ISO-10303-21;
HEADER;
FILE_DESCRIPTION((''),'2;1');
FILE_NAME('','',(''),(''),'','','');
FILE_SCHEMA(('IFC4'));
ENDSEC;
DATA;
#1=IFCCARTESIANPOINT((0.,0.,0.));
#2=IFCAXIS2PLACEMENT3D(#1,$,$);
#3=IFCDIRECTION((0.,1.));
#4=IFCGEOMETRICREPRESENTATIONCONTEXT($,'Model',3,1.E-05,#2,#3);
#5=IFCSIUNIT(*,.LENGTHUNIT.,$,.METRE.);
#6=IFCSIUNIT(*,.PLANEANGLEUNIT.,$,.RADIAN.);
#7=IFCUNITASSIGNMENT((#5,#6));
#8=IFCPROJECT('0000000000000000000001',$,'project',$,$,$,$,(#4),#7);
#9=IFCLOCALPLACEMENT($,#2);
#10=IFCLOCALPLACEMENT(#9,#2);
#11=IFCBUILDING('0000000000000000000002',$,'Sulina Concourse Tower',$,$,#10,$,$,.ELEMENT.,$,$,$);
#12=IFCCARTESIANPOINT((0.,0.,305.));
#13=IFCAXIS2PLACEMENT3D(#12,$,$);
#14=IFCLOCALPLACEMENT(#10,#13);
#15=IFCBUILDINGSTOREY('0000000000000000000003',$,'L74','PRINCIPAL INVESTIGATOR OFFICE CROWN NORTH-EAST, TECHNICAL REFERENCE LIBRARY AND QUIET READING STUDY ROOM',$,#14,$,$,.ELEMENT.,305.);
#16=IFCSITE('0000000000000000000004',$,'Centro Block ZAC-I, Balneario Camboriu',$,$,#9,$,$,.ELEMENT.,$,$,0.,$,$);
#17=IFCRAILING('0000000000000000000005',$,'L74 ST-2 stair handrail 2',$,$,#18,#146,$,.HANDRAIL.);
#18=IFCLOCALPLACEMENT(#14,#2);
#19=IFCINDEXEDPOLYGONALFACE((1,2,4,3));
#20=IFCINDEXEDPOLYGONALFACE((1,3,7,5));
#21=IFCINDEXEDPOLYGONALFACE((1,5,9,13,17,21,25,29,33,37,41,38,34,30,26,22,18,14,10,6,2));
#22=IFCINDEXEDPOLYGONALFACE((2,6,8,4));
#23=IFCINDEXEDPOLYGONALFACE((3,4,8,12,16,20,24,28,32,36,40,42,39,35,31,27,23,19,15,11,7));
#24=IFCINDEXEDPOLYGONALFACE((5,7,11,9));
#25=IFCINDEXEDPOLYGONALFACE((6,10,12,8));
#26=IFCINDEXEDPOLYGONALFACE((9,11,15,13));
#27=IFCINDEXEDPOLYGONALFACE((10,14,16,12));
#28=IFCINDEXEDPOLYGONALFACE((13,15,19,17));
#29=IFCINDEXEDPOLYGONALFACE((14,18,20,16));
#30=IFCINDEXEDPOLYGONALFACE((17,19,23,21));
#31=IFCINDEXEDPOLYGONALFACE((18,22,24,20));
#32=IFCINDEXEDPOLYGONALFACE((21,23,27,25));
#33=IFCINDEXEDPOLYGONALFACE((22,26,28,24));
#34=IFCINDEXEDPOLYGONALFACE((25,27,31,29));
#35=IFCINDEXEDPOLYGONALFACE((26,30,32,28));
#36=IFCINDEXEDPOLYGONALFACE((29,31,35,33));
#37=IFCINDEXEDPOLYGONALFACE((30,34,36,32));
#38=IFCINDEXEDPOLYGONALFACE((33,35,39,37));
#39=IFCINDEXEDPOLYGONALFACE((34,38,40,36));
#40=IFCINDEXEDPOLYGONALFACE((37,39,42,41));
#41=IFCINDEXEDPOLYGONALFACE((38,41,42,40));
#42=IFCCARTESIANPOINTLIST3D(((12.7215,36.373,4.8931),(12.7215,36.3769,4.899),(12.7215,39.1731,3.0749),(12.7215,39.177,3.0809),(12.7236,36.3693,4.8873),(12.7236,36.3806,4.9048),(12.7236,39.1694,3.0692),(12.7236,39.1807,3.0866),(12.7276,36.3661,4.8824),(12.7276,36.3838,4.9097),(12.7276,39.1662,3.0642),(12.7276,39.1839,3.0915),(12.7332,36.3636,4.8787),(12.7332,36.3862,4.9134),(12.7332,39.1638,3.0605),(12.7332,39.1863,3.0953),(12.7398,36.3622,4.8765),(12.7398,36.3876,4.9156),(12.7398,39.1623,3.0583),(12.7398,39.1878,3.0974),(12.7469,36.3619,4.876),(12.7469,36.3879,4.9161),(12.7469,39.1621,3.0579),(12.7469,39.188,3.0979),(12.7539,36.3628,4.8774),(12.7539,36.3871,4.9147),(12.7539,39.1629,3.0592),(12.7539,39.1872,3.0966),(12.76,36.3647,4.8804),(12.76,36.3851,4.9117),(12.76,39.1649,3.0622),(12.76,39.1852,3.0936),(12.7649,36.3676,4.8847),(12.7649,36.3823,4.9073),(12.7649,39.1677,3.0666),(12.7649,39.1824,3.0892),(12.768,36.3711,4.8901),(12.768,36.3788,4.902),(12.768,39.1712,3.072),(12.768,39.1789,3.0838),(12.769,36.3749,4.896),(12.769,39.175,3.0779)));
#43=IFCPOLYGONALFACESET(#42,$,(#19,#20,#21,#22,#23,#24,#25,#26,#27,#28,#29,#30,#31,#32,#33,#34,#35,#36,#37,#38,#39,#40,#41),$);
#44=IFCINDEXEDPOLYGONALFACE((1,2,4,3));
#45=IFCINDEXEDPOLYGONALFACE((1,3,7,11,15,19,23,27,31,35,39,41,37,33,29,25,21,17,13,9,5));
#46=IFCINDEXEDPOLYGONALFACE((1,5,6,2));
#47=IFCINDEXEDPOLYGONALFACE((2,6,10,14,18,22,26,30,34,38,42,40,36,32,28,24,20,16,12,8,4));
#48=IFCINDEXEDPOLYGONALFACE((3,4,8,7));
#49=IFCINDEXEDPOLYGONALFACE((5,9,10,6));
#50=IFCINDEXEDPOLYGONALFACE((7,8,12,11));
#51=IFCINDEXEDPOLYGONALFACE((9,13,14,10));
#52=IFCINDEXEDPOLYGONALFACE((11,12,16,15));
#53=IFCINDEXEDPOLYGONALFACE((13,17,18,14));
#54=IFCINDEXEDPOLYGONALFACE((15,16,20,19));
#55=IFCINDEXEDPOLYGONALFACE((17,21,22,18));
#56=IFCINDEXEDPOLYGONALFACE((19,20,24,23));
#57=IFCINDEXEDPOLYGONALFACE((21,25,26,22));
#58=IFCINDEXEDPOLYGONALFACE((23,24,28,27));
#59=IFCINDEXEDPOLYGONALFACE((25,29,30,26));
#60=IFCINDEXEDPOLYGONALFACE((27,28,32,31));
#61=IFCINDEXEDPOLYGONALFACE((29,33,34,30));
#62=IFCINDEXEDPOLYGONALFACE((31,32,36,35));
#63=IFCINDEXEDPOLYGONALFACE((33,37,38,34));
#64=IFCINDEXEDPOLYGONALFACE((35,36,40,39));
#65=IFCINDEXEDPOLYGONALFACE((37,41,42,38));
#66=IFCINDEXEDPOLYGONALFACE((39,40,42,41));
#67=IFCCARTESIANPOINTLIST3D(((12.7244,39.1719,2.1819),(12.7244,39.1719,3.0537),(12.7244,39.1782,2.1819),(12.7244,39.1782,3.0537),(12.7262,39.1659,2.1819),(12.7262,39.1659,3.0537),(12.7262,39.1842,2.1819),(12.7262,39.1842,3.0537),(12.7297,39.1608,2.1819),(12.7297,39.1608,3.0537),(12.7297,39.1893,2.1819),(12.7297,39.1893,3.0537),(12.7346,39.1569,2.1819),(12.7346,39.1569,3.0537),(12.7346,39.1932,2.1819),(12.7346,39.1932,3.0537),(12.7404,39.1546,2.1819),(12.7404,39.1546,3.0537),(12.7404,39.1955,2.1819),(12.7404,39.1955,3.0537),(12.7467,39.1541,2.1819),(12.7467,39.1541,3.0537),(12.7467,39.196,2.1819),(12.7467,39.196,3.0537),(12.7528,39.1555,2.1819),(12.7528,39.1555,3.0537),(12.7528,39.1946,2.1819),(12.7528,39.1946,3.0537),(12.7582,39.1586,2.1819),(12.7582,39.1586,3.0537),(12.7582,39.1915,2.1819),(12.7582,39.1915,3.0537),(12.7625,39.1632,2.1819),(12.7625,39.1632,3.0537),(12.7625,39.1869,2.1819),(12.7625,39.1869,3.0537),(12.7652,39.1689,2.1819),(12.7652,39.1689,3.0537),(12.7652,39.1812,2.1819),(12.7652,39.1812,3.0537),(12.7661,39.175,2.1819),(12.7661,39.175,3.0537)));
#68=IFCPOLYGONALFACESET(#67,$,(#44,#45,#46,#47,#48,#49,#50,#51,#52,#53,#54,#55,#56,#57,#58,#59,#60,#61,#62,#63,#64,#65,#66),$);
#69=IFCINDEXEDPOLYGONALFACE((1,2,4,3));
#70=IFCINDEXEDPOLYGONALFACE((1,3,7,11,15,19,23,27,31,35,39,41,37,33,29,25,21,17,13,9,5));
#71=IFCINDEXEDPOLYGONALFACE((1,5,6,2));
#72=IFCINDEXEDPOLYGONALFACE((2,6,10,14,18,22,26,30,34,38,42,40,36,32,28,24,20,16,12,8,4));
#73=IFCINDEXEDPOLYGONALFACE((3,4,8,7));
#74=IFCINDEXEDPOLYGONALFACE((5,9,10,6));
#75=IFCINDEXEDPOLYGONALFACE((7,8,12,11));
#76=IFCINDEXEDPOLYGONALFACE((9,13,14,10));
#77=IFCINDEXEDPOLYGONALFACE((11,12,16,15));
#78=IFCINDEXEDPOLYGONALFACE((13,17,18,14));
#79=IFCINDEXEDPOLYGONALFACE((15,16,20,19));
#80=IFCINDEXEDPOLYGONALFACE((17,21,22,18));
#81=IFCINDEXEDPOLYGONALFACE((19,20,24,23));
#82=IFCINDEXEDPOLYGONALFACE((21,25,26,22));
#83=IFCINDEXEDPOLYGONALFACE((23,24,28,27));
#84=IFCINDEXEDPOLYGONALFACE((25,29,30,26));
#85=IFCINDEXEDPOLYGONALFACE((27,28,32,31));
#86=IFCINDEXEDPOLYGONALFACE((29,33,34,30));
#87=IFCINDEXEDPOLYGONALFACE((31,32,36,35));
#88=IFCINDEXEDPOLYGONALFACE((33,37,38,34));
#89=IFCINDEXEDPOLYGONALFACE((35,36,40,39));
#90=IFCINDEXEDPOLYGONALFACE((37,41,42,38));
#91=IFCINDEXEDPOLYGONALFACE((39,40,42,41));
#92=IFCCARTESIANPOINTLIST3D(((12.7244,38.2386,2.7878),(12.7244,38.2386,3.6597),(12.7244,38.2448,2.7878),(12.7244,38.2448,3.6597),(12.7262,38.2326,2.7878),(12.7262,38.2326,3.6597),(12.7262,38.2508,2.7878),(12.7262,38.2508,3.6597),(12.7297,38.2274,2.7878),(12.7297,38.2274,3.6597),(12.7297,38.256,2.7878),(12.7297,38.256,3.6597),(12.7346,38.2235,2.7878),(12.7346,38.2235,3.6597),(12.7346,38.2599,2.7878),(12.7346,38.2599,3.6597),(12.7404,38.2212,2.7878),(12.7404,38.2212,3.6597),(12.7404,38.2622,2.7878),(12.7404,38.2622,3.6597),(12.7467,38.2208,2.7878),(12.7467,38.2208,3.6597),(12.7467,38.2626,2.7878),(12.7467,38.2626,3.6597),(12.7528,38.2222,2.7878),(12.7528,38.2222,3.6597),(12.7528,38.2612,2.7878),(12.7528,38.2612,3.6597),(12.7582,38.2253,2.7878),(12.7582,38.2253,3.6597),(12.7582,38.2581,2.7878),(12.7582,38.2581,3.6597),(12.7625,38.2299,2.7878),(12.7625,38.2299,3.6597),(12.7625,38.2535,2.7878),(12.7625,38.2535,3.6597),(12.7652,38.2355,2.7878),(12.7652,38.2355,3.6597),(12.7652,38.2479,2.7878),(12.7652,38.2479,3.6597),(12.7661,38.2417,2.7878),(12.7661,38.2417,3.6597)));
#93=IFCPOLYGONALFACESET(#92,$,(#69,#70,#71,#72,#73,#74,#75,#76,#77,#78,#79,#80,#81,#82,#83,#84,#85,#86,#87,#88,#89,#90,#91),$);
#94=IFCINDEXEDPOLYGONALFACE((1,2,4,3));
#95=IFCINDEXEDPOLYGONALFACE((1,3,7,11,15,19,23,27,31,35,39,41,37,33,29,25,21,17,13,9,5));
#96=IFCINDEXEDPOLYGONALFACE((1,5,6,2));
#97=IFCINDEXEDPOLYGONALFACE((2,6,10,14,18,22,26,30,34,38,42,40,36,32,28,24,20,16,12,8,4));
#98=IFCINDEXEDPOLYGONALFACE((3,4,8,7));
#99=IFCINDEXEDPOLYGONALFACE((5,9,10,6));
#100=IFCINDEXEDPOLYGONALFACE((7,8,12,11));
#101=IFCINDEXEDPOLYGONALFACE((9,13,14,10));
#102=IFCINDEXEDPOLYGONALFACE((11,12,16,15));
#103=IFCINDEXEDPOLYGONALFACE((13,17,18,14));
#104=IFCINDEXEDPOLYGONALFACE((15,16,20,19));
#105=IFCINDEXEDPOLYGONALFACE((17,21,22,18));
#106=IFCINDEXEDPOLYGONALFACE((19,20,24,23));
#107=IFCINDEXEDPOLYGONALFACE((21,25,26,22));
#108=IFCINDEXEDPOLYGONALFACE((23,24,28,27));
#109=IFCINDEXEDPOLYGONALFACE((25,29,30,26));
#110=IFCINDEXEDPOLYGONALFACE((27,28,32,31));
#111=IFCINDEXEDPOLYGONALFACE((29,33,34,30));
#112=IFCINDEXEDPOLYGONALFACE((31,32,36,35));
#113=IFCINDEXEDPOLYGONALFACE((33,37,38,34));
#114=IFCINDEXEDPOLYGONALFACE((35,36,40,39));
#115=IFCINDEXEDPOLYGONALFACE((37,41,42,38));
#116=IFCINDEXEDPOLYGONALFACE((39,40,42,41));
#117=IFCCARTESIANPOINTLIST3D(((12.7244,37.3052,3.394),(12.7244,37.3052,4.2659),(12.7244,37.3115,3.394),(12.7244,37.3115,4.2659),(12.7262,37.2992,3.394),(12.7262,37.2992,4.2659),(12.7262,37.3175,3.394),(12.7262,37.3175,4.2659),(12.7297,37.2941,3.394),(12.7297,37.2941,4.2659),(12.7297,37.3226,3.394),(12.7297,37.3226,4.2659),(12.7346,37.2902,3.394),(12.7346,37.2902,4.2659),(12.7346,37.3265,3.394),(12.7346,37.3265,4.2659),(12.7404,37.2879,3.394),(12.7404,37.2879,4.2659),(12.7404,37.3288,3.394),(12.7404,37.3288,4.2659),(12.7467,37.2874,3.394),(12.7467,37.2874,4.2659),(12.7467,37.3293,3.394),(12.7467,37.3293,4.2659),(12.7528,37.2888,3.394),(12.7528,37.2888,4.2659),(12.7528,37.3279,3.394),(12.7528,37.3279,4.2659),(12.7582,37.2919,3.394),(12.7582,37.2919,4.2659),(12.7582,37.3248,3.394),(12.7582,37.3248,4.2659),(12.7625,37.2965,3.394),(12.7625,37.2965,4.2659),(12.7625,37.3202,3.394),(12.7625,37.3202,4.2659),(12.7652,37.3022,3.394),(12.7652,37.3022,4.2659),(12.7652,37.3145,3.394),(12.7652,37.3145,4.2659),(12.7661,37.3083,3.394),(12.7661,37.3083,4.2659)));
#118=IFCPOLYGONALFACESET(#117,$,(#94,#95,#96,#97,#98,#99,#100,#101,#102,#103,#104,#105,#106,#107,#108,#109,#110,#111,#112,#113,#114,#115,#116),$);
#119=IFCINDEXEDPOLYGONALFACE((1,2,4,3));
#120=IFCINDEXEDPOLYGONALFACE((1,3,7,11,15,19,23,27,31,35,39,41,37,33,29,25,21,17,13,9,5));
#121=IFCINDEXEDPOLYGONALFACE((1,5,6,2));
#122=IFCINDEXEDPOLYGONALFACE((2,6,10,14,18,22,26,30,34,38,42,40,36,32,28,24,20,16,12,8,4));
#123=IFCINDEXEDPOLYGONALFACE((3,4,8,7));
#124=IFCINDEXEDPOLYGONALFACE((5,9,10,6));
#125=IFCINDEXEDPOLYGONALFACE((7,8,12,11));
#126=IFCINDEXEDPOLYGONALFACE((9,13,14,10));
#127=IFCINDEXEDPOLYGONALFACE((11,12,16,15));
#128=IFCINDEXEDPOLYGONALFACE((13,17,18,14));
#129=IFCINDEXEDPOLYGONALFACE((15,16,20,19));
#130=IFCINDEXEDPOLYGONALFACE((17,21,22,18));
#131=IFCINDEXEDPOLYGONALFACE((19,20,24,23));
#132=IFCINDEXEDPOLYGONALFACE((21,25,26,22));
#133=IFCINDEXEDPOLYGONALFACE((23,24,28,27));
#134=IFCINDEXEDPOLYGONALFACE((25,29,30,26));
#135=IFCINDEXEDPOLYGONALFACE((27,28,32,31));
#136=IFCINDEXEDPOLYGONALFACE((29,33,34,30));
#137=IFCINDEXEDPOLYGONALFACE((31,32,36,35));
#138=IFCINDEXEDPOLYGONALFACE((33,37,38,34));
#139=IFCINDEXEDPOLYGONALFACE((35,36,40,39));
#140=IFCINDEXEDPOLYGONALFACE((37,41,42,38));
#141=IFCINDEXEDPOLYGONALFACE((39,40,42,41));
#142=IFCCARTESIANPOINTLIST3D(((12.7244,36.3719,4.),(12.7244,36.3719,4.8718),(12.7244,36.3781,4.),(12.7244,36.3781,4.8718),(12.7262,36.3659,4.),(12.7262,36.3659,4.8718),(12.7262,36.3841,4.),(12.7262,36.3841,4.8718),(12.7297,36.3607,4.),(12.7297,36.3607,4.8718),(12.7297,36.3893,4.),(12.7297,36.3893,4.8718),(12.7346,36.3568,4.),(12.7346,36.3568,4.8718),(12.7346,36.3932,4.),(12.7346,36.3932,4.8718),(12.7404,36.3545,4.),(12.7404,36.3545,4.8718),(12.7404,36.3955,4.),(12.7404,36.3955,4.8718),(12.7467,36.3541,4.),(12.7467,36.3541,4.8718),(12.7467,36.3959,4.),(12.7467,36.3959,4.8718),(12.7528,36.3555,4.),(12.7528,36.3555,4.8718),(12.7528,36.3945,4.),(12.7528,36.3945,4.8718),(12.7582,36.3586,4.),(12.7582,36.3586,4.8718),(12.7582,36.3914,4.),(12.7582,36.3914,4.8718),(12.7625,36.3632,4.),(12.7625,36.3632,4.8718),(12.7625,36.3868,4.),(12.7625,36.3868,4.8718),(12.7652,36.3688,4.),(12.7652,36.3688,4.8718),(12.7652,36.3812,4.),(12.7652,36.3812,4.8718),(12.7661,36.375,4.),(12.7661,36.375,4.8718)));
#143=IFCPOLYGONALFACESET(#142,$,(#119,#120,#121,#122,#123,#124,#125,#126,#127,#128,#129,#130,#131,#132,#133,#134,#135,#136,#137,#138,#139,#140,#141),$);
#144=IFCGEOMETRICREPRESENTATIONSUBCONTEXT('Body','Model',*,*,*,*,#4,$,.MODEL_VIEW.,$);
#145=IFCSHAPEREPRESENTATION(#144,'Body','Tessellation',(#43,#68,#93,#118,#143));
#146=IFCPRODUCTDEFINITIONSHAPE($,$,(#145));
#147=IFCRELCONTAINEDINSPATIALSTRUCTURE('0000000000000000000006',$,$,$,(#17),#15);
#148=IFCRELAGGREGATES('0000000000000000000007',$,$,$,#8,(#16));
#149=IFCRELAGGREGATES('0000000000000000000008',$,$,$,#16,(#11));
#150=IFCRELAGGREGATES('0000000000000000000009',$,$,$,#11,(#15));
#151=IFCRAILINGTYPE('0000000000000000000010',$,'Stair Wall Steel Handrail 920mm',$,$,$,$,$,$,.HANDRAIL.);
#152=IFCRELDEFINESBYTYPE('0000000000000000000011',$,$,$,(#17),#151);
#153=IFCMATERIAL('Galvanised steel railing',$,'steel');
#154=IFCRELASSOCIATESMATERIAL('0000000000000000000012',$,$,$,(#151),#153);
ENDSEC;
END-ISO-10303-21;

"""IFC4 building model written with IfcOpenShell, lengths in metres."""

from ifc_helpers import new_model, si_unit, direction, frame, origin, origin_2d, place, context, subcontext, project, spatial, circle, extrude, material, type_object, element, save


model = new_model("IFC4")

# Units and contexts
model_context = context("Model", 3, precision=1e-05, world=origin(), true_north=direction((0.0, 1.0)))
body_context = subcontext(model_context, "Body", "Model", "MODEL_VIEW")
ifc_project = project(units=[si_unit("LENGTHUNIT", "METRE"), si_unit("PLANEANGLEUNIT", "RADIAN")], contexts=[model_context])

# Site, building, storey
site_placement = place(None, origin())
site = spatial("IfcSite", under=ifc_project, at=site_placement, Name="Centro Block ZAC-I, Balneario Camboriu", CompositionType="ELEMENT", RefElevation=0.0)
building_placement = place(site_placement, origin())
building = spatial("IfcBuilding", under=site, at=building_placement, Name="Sulina Concourse Tower", CompositionType="ELEMENT")
storey_placement = place(building_placement, frame((0.0, 0.0, 305.0)))
storey = spatial("IfcBuildingStorey", under=building, at=storey_placement, Name="L74", Description="PRINCIPAL INVESTIGATOR OFFICE CROWN NORTH-EAST, TECHNICAL REFERENCE LIBRARY AND QUIET READING STUDY ROOM", CompositionType="ELEMENT", Elevation=305.0)

# Railing
ifc_material_1 = material(Name="Galvanised steel railing", Category="steel")
railing_type_1 = type_object("IfcRailingType", Name="Stair Wall Steel Handrail 920mm", PredefinedType="HANDRAIL", material=ifc_material_1)
railing_1_placement = place(storey_placement, frame((12.7451, 39.175, 2.1819)))
element("IfcRailing", 1, at=railing_1_placement, inside=storey, type_object=railing_type_1, Name="L74 ST-2 stair handrail 2", PredefinedType="HANDRAIL", context=body_context, shape_type="SweptSolid", body=[
    extrude(circle(Radius=0.0239, at=origin_2d()), frame((0.0, 0.0, 0.896), z_axis=(0.0, -0.838706, 0.544585), x_axis=(1.0, 0.0, 0.0)), (0.0, 0.0, 1.0), 3.3386),
    extrude(circle(Radius=0.021, at=origin_2d()), origin(), (0.0, 0.0, 1.0), 0.8718),
    extrude(circle(Radius=0.021, at=origin_2d()), frame((0.0, -0.9333, 0.606)), (0.0, 0.0, 1.0), 0.8718),
    extrude(circle(Radius=0.021, at=origin_2d()), frame((0.0, -1.8667, 1.2122)), (0.0, 0.0, 1.0), 0.8718),
    extrude(circle(Radius=0.021, at=origin_2d()), frame((0.0, -2.8, 1.8181)), (0.0, 0.0, 1.0), 0.8718),
])

save(model, "model.ifc")
